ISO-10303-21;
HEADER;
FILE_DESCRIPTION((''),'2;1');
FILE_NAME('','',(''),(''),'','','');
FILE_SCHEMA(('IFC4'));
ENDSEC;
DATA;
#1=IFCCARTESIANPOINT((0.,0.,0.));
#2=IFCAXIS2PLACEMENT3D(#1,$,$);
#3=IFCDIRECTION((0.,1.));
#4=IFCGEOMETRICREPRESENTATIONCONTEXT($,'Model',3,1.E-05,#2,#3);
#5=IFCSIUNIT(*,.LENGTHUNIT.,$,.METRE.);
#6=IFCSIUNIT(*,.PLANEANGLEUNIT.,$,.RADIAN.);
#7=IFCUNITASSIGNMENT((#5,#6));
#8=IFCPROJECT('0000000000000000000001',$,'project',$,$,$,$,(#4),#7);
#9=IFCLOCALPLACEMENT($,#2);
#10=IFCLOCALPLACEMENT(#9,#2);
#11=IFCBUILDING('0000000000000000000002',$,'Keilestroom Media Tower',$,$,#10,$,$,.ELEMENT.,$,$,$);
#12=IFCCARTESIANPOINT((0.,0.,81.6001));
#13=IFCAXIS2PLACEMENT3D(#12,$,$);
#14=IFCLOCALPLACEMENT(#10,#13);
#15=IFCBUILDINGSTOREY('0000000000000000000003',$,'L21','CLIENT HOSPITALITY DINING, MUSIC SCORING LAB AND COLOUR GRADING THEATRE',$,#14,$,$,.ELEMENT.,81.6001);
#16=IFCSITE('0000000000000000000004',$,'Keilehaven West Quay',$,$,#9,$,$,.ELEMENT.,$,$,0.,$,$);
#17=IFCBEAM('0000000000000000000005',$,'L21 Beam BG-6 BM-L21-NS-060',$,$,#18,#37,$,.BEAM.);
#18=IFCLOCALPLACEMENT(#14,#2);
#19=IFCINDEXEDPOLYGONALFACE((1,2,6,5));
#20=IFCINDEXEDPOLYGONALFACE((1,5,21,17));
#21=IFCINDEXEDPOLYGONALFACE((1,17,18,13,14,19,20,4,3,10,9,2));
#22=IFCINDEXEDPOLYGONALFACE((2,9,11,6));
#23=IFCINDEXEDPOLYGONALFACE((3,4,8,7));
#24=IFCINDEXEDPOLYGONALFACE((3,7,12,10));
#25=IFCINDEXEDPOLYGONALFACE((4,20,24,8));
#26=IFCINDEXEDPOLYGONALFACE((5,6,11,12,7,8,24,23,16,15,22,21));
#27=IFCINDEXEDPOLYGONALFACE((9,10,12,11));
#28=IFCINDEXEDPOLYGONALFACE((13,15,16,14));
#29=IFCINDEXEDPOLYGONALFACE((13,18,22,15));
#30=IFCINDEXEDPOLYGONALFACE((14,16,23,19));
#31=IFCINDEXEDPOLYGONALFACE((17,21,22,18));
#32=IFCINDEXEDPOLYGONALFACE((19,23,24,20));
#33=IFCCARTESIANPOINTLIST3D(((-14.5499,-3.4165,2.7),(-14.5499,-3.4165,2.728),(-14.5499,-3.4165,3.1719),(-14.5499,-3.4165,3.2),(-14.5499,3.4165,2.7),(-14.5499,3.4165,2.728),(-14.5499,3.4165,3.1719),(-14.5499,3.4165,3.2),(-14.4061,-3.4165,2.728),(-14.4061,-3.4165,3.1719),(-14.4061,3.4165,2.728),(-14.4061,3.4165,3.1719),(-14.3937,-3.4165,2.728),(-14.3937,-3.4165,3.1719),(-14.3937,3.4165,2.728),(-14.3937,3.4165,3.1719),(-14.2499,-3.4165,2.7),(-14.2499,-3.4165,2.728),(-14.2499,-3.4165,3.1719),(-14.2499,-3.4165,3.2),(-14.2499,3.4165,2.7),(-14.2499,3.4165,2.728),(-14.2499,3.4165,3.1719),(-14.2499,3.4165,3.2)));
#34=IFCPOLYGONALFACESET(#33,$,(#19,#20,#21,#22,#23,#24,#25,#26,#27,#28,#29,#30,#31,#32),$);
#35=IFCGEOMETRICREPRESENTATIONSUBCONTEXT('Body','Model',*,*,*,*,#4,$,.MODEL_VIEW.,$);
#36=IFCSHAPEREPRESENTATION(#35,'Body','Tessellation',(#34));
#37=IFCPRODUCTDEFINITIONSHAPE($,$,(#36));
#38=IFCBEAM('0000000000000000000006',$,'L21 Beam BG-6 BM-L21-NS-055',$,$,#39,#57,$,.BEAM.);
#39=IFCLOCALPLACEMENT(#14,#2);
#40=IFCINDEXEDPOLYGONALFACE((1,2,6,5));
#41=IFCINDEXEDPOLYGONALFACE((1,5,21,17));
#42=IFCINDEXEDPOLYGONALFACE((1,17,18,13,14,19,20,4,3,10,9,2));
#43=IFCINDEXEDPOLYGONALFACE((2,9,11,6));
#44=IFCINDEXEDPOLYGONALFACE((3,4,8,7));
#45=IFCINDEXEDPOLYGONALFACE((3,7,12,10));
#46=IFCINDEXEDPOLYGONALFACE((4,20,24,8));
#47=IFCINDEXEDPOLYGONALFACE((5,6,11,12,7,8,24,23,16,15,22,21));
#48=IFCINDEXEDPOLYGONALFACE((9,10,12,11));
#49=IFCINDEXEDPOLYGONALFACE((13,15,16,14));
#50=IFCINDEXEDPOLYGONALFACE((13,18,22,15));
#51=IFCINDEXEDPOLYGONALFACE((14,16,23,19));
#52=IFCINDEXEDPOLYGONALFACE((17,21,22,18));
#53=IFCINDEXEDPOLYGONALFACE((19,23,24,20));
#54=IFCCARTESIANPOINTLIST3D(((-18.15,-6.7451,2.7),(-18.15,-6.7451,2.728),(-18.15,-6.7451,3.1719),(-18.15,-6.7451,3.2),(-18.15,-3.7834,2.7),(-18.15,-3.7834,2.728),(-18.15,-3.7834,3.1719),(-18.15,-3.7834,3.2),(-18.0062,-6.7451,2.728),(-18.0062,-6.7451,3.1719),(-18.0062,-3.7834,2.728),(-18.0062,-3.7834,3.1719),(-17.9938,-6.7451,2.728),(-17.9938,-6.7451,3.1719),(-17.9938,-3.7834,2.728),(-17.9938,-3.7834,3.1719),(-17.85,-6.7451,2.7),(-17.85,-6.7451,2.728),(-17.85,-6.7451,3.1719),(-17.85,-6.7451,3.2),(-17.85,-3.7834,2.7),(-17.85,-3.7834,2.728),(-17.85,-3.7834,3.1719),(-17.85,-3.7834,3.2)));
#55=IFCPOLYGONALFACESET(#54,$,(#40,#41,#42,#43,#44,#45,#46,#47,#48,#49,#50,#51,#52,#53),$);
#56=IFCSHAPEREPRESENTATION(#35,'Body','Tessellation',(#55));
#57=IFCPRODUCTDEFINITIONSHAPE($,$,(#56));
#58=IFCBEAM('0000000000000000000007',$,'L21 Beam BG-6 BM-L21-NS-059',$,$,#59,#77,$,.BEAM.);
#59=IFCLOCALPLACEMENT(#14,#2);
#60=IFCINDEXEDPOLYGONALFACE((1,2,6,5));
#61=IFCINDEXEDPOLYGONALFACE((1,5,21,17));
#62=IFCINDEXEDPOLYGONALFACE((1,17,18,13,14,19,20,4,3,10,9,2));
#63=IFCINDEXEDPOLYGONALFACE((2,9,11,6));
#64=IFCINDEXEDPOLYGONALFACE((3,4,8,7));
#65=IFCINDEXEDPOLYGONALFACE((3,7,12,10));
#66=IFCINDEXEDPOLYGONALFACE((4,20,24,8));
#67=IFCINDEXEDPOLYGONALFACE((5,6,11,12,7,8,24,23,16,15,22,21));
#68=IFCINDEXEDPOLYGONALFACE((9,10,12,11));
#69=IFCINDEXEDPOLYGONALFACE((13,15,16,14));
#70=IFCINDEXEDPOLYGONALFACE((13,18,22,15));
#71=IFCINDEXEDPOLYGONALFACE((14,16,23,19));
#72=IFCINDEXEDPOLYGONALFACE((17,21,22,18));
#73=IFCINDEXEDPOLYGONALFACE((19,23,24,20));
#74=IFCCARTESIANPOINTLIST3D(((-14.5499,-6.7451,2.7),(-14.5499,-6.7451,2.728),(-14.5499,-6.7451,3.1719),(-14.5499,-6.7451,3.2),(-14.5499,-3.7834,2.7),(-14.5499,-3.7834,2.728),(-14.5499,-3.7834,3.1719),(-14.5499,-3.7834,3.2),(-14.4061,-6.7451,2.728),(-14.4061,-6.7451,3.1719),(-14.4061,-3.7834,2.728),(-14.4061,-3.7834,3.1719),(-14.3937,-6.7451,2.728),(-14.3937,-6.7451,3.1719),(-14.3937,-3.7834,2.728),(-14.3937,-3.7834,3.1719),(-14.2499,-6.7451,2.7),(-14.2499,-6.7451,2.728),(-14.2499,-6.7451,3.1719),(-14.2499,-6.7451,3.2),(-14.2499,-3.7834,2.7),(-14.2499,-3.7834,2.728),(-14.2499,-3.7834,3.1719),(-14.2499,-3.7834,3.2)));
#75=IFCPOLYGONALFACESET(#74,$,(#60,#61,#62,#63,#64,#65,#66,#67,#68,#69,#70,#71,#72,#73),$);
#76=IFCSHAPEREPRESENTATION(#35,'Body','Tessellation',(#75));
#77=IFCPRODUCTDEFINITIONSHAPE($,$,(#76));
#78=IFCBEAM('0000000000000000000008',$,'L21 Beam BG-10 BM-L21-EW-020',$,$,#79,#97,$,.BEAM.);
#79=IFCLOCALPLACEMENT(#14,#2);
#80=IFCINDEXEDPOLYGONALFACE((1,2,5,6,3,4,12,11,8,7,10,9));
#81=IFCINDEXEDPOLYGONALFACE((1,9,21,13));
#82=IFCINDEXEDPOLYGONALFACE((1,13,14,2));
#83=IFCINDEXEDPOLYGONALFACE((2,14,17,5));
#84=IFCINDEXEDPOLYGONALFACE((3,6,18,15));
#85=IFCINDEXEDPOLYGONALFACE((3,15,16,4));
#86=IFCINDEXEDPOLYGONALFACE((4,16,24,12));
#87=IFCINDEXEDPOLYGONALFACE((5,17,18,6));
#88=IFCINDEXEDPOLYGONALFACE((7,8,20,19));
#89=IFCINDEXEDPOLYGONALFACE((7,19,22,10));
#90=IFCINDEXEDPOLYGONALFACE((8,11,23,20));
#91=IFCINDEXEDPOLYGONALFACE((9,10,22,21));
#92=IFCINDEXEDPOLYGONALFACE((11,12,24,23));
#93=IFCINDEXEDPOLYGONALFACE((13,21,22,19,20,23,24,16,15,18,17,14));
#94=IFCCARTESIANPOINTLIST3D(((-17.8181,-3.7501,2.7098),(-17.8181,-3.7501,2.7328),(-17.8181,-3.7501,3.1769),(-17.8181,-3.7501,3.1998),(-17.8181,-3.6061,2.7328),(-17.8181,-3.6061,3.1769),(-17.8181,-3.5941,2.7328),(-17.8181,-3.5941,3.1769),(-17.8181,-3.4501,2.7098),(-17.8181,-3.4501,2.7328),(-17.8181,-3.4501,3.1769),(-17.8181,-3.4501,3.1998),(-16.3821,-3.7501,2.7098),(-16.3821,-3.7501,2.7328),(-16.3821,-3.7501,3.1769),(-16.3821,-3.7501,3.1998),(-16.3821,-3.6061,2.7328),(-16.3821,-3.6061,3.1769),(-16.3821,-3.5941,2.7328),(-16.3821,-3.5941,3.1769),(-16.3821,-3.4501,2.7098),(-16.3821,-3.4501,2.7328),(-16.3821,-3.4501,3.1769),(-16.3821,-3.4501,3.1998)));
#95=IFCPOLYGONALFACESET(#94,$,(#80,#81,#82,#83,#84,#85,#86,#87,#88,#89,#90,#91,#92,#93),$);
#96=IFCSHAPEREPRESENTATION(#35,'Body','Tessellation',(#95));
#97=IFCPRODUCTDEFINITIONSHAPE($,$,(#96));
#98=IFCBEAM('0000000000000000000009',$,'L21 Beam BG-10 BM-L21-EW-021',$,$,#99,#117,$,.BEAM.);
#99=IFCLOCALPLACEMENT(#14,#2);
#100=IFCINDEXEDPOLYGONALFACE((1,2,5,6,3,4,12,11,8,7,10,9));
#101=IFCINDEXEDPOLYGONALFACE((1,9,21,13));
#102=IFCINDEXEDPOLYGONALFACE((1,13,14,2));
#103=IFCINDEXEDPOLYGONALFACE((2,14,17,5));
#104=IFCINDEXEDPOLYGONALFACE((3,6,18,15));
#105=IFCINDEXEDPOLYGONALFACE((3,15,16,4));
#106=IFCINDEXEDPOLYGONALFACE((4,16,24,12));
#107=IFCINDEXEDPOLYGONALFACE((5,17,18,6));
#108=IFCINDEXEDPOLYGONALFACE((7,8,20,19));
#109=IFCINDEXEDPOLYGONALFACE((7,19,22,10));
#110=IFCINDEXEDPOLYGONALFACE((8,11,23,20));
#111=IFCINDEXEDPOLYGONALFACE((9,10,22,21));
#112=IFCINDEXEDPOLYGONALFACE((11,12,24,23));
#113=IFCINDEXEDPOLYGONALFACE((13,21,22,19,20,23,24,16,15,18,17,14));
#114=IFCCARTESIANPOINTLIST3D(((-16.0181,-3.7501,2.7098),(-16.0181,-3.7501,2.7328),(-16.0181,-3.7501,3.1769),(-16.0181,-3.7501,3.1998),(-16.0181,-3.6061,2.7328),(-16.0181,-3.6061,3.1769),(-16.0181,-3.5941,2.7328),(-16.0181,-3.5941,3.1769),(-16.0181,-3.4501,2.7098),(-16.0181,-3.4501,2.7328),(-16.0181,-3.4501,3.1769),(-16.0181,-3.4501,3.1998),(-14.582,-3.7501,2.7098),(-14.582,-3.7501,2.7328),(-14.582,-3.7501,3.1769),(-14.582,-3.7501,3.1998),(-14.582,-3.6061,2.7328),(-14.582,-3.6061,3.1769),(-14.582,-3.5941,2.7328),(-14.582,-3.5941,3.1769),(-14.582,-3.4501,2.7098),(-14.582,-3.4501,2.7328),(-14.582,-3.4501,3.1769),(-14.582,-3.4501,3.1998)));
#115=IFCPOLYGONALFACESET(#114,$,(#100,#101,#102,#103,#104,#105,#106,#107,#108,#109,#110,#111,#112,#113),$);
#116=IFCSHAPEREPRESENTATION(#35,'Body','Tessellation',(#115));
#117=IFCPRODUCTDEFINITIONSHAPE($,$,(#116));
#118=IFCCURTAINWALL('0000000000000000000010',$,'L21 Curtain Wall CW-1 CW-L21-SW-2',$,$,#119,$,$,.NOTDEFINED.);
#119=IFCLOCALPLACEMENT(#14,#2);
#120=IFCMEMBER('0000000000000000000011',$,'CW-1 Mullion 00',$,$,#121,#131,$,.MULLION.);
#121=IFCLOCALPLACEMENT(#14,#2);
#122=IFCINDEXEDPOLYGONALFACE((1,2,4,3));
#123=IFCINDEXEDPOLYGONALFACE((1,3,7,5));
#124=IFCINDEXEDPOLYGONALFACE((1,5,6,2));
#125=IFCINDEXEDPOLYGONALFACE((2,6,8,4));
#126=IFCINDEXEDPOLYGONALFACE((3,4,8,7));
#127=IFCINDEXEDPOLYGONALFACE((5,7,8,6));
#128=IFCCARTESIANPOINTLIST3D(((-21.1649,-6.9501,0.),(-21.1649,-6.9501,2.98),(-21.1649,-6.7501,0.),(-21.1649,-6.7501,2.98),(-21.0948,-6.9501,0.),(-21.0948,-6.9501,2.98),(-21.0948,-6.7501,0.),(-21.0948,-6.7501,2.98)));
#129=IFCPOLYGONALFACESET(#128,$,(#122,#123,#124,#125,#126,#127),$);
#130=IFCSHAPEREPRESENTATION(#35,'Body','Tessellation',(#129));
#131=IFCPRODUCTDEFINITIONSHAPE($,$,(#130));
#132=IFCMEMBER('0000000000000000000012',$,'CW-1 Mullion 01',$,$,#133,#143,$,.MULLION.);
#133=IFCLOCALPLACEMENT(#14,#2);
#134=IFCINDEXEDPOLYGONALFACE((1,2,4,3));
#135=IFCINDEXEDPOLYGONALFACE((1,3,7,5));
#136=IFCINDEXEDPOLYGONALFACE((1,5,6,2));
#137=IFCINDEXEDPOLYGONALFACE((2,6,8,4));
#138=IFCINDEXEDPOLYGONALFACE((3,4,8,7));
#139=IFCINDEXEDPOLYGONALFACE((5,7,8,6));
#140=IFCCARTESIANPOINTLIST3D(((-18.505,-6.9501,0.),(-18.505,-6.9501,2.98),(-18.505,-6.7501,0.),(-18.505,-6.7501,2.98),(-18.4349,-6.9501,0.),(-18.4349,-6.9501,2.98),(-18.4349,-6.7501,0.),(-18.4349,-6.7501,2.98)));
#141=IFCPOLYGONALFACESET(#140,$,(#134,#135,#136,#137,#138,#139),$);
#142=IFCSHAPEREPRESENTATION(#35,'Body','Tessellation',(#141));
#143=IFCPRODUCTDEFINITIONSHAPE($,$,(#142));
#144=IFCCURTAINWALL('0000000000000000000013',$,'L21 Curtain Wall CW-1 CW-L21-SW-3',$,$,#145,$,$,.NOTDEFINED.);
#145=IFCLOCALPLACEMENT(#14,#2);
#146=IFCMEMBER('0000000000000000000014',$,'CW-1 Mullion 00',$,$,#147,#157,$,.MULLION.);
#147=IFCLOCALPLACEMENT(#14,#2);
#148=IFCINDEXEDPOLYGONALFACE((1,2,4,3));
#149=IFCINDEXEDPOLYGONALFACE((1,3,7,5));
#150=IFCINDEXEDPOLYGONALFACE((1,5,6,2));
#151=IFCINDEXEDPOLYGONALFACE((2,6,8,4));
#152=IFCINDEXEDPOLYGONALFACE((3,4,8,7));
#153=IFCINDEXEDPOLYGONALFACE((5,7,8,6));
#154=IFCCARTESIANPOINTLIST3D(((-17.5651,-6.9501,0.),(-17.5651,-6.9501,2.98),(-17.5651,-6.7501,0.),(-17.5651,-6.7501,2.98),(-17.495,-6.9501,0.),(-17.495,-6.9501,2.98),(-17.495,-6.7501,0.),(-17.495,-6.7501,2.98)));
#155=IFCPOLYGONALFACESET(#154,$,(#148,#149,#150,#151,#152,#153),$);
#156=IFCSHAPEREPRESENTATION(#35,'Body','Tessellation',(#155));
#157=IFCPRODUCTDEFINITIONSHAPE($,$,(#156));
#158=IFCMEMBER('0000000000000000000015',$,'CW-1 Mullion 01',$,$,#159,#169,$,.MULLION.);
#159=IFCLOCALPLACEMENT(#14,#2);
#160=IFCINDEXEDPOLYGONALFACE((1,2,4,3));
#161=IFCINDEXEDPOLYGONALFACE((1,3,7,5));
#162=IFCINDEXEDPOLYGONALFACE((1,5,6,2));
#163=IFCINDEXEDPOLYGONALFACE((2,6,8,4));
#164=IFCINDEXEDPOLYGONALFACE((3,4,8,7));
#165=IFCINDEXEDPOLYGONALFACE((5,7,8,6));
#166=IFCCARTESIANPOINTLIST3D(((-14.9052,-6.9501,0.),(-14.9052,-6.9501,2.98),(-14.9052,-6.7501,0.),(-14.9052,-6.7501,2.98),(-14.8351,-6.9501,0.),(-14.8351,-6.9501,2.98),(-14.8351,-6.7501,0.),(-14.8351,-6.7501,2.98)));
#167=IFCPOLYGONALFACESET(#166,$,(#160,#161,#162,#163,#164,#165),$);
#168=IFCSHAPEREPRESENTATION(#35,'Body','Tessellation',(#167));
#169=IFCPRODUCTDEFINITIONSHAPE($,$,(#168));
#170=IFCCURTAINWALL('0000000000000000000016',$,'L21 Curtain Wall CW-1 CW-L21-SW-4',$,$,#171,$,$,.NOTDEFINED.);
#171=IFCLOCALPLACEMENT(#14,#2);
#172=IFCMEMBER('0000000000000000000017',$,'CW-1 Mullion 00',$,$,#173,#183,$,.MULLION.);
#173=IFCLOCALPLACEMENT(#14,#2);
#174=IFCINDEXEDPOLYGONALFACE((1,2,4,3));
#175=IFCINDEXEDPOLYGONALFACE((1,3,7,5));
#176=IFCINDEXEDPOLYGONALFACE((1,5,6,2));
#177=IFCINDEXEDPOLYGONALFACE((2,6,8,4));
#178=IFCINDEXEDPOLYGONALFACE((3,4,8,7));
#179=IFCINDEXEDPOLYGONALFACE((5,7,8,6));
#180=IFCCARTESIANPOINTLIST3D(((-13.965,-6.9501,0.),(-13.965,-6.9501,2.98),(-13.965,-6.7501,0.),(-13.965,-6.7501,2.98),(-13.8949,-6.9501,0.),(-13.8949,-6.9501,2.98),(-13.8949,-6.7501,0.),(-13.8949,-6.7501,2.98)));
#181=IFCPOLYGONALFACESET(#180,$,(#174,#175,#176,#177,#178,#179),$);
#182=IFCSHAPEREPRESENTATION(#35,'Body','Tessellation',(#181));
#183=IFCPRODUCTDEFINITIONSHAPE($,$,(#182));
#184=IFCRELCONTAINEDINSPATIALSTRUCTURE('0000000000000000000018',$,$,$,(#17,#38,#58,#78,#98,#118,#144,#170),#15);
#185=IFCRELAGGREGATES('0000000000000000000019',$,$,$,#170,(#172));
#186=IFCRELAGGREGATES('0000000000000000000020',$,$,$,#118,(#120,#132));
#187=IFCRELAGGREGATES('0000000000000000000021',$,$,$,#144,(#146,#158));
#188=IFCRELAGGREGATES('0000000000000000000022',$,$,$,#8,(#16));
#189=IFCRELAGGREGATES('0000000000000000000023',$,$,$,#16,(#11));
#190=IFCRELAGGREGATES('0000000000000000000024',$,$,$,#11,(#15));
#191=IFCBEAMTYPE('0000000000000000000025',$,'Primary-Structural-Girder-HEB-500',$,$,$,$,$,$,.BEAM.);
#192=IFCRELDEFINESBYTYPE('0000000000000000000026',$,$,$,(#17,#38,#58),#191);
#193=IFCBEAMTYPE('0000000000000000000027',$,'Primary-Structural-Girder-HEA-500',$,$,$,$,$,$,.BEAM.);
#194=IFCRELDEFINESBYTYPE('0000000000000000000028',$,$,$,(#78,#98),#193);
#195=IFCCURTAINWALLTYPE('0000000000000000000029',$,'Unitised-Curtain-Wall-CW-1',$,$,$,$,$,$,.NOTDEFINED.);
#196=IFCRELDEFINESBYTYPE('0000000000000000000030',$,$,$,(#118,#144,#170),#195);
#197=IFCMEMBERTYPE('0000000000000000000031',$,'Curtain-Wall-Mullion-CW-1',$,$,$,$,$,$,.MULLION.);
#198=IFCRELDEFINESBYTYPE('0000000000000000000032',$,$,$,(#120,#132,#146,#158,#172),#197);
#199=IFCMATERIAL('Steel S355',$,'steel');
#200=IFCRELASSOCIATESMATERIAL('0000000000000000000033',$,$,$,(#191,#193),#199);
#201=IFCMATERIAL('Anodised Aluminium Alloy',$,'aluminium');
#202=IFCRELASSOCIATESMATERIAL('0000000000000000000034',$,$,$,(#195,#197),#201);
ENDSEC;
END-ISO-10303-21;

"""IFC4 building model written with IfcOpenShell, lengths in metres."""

from ifc_helpers import new_model, si_unit, direction, frame, origin, origin_2d, place, context, subcontext, project, spatial, rectangle, i_section, extrude, source, transform, mapped, material, material_profile, profile_set, type_object, element, aggregate, save


model = new_model("IFC4")

# Units and contexts
model_context = context("Model", 3, precision=1e-05, world=origin(), true_north=direction((0.0, 1.0)))
body_context = subcontext(model_context, "Body", "Model", "MODEL_VIEW")
ifc_project = project(units=[si_unit("LENGTHUNIT", "METRE"), si_unit("PLANEANGLEUNIT", "RADIAN")], contexts=[model_context])

# Site, building, storey
site_placement = place(None, origin())
site = spatial("IfcSite", under=ifc_project, at=site_placement, Name="Keilehaven West Quay", CompositionType="ELEMENT", RefElevation=0.0)
building_placement = place(site_placement, origin())
building = spatial("IfcBuilding", under=site, at=building_placement, Name="Keilestroom Media Tower", CompositionType="ELEMENT")
storey_placement = place(building_placement, frame((0.0, 0.0, 81.6001)))
storey = spatial("IfcBuildingStorey", under=building, at=storey_placement, Name="L21", Description="CLIENT HOSPITALITY DINING, MUSIC SCORING LAB AND COLOUR GRADING THEATRE", CompositionType="ELEMENT", Elevation=81.6001)

# Beams
ifc_material_1 = material(Name="Steel S355", Category="steel")
ifc_material_profile_1 = material_profile(ifc_material_1, i_section(OverallWidth=0.3, OverallDepth=0.5, WebThickness=0.0125, FlangeThickness=0.0281, at=origin_2d()), Name="HEB 500")
ifc_profile_set_1 = profile_set([ifc_material_profile_1], Name="Steel S355")
beam_type_1 = type_object("IfcBeamType", Name="Primary-Structural-Girder-HEB-500", PredefinedType="BEAM", material=ifc_profile_set_1)
shared_shape_1 = source(origin(), body_context, "Body", "SweptSolid", [
    extrude(i_section(OverallWidth=0.3, OverallDepth=0.5, WebThickness=0.0125, FlangeThickness=0.0281, at=origin_2d()), origin(), (0.0, 0.0, 1.0), 6.833),
])
for number, where, z_axis, x_axis, name in (
    (1, (-14.3999, -3.4165, 2.95), (0.0, 1.0, 0.0), (-1.0, 0.0, 0.0), "L21 Beam BG-6 BM-L21-NS-060"),
):
    element("IfcBeam", number, at=place(storey_placement, frame(where, z_axis=z_axis, x_axis=x_axis)), inside=storey, type_object=beam_type_1, Name=name, PredefinedType="BEAM", context=body_context, shape_type="MappedRepresentation", body=[
        mapped(shared_shape_1, transform((0.0, 0.0, 0.0), x_axis=(1.0, 0.0, 0.0), y_axis=(0.0, 1.0, 0.0), z_axis=(0.0, 0.0, 1.0), scale=1.0)),
    ])
shared_shape_2 = source(origin(), body_context, "Body", "SweptSolid", [
    extrude(i_section(OverallWidth=0.3, OverallDepth=0.5, WebThickness=0.0125, FlangeThickness=0.0281, at=origin_2d()), origin(), (0.0, 0.0, 1.0), 2.9617),
])
for number, where, z_axis, x_axis, name in (
    (2, (-18.0, -6.7451, 2.95), (0.0, 1.0, 0.0), (-1.0, 0.0, 0.0), "L21 Beam BG-6 BM-L21-NS-055"),
    (3, (-14.3999, -6.7451, 2.95), (0.0, 1.0, 0.0), (-1.0, 0.0, 0.0), "L21 Beam BG-6 BM-L21-NS-059"),
):
    element("IfcBeam", number, at=place(storey_placement, frame(where, z_axis=z_axis, x_axis=x_axis)), inside=storey, type_object=beam_type_1, Name=name, PredefinedType="BEAM", context=body_context, shape_type="MappedRepresentation", body=[
        mapped(shared_shape_2, transform((0.0, 0.0, 0.0), x_axis=(1.0, 0.0, 0.0), y_axis=(0.0, 1.0, 0.0), z_axis=(0.0, 0.0, 1.0), scale=1.0)),
    ])
ifc_material_profile_2 = material_profile(ifc_material_1, i_section(OverallWidth=0.3, OverallDepth=0.49, WebThickness=0.012, FlangeThickness=0.0229, at=origin_2d()), Name="HEA 500")
ifc_profile_set_2 = profile_set([ifc_material_profile_2], Name="Steel S355")
beam_type_2 = type_object("IfcBeamType", Name="Primary-Structural-Girder-HEA-500", PredefinedType="BEAM", material=ifc_profile_set_2)
shared_shape_3 = source(origin(), body_context, "Body", "SweptSolid", [
    extrude(i_section(OverallWidth=0.3, OverallDepth=0.49, WebThickness=0.012, FlangeThickness=0.0229, at=origin_2d()), origin(), (0.0, 0.0, 1.0), 1.436),
])
for number, where, z_axis, x_axis, name in (
    (4, (-17.8181, -3.6001, 2.9548), (1.0, 0.0, 0.0), (0.0, 1.0, 0.0), "L21 Beam BG-10 BM-L21-EW-020"),
    (5, (-16.0181, -3.6001, 2.9548), (1.0, 0.0, 0.0), (0.0, 1.0, 0.0), "L21 Beam BG-10 BM-L21-EW-021"),
):
    element("IfcBeam", number, at=place(storey_placement, frame(where, z_axis=z_axis, x_axis=x_axis)), inside=storey, type_object=beam_type_2, Name=name, PredefinedType="BEAM", context=body_context, shape_type="MappedRepresentation", body=[
        mapped(shared_shape_3, transform((0.0, 0.0, 0.0), x_axis=(1.0, 0.0, 0.0), y_axis=(0.0, 1.0, 0.0), z_axis=(0.0, 0.0, 1.0), scale=1.0)),
    ])

# Curtain walls, members
ifc_material_2 = material(Name="Anodised Aluminium Alloy", Category="aluminium")
curtain_wall_type = type_object("IfcCurtainWallType", Name="Unitised-Curtain-Wall-CW-1", PredefinedType="NOTDEFINED", material=ifc_material_2)
curtain_wall_1_placement = place(storey_placement, origin())
curtain_wall_1 = element("IfcCurtainWall", 6, at=curtain_wall_1_placement, inside=storey, type_object=curtain_wall_type, Name="L21 Curtain Wall CW-1 CW-L21-SW-2", PredefinedType="NOTDEFINED")
ifc_material_profile_3 = material_profile(ifc_material_2, rectangle(XDim=0.0701, YDim=0.2, at=origin_2d()), Name="ALU MULLION 70x200")
ifc_profile_set_3 = profile_set([ifc_material_profile_3], Name="Anodised Aluminium Alloy")
member_type_1 = type_object("IfcMemberType", Name="Curtain-Wall-Mullion-CW-1", PredefinedType="MULLION", material=ifc_profile_set_3)
shared_shape_4 = source(origin(), body_context, "Body", "SweptSolid", [
    extrude(rectangle(XDim=0.0701, YDim=0.2, at=origin_2d()), origin(), (0.0, 0.0, 1.0), 2.98),
])
member_1_placement = place(storey_placement, frame((-21.1299, -6.8501, 0.0), z_axis=(0.0, 0.0, 1.0), x_axis=(1.0, 0.0, 0.0)))
member_1 = element("IfcMember", 7, at=member_1_placement, type_object=member_type_1, Name="CW-1 Mullion 00", PredefinedType="MULLION", context=body_context, shape_type="MappedRepresentation", body=[
    mapped(shared_shape_4, transform((0.0, 0.0, 0.0), x_axis=(1.0, 0.0, 0.0), y_axis=(0.0, 1.0, 0.0), z_axis=(0.0, 0.0, 1.0), scale=1.0)),
])
member_2_placement = place(storey_placement, frame((-18.47, -6.8501, 0.0), z_axis=(0.0, 0.0, 1.0), x_axis=(1.0, 0.0, 0.0)))
member_2 = element("IfcMember", 8, at=member_2_placement, type_object=member_type_1, Name="CW-1 Mullion 01", PredefinedType="MULLION", context=body_context, shape_type="MappedRepresentation", body=[
    mapped(shared_shape_4, transform((0.0, 0.0, 0.0), x_axis=(1.0, 0.0, 0.0), y_axis=(0.0, 1.0, 0.0), z_axis=(0.0, 0.0, 1.0), scale=1.0)),
])
curtain_wall_2_placement = place(storey_placement, origin())
curtain_wall_2 = element("IfcCurtainWall", 9, at=curtain_wall_2_placement, inside=storey, type_object=curtain_wall_type, Name="L21 Curtain Wall CW-1 CW-L21-SW-3", PredefinedType="NOTDEFINED")
member_3_placement = place(storey_placement, frame((-17.53, -6.8501, 0.0), z_axis=(0.0, 0.0, 1.0), x_axis=(1.0, 0.0, 0.0)))
member_3 = element("IfcMember", 10, at=member_3_placement, type_object=member_type_1, Name="CW-1 Mullion 00", PredefinedType="MULLION", context=body_context, shape_type="MappedRepresentation", body=[
    mapped(shared_shape_4, transform((0.0, 0.0, 0.0), x_axis=(1.0, 0.0, 0.0), y_axis=(0.0, 1.0, 0.0), z_axis=(0.0, 0.0, 1.0), scale=1.0)),
])
member_4_placement = place(storey_placement, frame((-14.8701, -6.8501, 0.0), z_axis=(0.0, 0.0, 1.0), x_axis=(1.0, 0.0, 0.0)))
member_4 = element("IfcMember", 11, at=member_4_placement, type_object=member_type_1, Name="CW-1 Mullion 01", PredefinedType="MULLION", context=body_context, shape_type="MappedRepresentation", body=[
    mapped(shared_shape_4, transform((0.0, 0.0, 0.0), x_axis=(1.0, 0.0, 0.0), y_axis=(0.0, 1.0, 0.0), z_axis=(0.0, 0.0, 1.0), scale=1.0)),
])

# Curtain wall, member
curtain_wall_3_placement = place(storey_placement, origin())
curtain_wall_3 = element("IfcCurtainWall", 12, at=curtain_wall_3_placement, inside=storey, type_object=curtain_wall_type, Name="L21 Curtain Wall CW-1 CW-L21-SW-4", PredefinedType="NOTDEFINED")
member_5_placement = place(storey_placement, frame((-13.9299, -6.8501, 0.0), z_axis=(0.0, 0.0, 1.0), x_axis=(1.0, 0.0, 0.0)))
member_5 = element("IfcMember", 13, at=member_5_placement, type_object=member_type_1, Name="CW-1 Mullion 00", PredefinedType="MULLION", context=body_context, shape_type="MappedRepresentation", body=[
    mapped(shared_shape_4, transform((0.0, 0.0, 0.0), x_axis=(1.0, 0.0, 0.0), y_axis=(0.0, 1.0, 0.0), z_axis=(0.0, 0.0, 1.0), scale=1.0)),
])

aggregate(curtain_wall_3, [member_5])

aggregate(curtain_wall_1, [member_1, member_2])
aggregate(curtain_wall_2, [member_3, member_4])

save(model, "model.ifc")
